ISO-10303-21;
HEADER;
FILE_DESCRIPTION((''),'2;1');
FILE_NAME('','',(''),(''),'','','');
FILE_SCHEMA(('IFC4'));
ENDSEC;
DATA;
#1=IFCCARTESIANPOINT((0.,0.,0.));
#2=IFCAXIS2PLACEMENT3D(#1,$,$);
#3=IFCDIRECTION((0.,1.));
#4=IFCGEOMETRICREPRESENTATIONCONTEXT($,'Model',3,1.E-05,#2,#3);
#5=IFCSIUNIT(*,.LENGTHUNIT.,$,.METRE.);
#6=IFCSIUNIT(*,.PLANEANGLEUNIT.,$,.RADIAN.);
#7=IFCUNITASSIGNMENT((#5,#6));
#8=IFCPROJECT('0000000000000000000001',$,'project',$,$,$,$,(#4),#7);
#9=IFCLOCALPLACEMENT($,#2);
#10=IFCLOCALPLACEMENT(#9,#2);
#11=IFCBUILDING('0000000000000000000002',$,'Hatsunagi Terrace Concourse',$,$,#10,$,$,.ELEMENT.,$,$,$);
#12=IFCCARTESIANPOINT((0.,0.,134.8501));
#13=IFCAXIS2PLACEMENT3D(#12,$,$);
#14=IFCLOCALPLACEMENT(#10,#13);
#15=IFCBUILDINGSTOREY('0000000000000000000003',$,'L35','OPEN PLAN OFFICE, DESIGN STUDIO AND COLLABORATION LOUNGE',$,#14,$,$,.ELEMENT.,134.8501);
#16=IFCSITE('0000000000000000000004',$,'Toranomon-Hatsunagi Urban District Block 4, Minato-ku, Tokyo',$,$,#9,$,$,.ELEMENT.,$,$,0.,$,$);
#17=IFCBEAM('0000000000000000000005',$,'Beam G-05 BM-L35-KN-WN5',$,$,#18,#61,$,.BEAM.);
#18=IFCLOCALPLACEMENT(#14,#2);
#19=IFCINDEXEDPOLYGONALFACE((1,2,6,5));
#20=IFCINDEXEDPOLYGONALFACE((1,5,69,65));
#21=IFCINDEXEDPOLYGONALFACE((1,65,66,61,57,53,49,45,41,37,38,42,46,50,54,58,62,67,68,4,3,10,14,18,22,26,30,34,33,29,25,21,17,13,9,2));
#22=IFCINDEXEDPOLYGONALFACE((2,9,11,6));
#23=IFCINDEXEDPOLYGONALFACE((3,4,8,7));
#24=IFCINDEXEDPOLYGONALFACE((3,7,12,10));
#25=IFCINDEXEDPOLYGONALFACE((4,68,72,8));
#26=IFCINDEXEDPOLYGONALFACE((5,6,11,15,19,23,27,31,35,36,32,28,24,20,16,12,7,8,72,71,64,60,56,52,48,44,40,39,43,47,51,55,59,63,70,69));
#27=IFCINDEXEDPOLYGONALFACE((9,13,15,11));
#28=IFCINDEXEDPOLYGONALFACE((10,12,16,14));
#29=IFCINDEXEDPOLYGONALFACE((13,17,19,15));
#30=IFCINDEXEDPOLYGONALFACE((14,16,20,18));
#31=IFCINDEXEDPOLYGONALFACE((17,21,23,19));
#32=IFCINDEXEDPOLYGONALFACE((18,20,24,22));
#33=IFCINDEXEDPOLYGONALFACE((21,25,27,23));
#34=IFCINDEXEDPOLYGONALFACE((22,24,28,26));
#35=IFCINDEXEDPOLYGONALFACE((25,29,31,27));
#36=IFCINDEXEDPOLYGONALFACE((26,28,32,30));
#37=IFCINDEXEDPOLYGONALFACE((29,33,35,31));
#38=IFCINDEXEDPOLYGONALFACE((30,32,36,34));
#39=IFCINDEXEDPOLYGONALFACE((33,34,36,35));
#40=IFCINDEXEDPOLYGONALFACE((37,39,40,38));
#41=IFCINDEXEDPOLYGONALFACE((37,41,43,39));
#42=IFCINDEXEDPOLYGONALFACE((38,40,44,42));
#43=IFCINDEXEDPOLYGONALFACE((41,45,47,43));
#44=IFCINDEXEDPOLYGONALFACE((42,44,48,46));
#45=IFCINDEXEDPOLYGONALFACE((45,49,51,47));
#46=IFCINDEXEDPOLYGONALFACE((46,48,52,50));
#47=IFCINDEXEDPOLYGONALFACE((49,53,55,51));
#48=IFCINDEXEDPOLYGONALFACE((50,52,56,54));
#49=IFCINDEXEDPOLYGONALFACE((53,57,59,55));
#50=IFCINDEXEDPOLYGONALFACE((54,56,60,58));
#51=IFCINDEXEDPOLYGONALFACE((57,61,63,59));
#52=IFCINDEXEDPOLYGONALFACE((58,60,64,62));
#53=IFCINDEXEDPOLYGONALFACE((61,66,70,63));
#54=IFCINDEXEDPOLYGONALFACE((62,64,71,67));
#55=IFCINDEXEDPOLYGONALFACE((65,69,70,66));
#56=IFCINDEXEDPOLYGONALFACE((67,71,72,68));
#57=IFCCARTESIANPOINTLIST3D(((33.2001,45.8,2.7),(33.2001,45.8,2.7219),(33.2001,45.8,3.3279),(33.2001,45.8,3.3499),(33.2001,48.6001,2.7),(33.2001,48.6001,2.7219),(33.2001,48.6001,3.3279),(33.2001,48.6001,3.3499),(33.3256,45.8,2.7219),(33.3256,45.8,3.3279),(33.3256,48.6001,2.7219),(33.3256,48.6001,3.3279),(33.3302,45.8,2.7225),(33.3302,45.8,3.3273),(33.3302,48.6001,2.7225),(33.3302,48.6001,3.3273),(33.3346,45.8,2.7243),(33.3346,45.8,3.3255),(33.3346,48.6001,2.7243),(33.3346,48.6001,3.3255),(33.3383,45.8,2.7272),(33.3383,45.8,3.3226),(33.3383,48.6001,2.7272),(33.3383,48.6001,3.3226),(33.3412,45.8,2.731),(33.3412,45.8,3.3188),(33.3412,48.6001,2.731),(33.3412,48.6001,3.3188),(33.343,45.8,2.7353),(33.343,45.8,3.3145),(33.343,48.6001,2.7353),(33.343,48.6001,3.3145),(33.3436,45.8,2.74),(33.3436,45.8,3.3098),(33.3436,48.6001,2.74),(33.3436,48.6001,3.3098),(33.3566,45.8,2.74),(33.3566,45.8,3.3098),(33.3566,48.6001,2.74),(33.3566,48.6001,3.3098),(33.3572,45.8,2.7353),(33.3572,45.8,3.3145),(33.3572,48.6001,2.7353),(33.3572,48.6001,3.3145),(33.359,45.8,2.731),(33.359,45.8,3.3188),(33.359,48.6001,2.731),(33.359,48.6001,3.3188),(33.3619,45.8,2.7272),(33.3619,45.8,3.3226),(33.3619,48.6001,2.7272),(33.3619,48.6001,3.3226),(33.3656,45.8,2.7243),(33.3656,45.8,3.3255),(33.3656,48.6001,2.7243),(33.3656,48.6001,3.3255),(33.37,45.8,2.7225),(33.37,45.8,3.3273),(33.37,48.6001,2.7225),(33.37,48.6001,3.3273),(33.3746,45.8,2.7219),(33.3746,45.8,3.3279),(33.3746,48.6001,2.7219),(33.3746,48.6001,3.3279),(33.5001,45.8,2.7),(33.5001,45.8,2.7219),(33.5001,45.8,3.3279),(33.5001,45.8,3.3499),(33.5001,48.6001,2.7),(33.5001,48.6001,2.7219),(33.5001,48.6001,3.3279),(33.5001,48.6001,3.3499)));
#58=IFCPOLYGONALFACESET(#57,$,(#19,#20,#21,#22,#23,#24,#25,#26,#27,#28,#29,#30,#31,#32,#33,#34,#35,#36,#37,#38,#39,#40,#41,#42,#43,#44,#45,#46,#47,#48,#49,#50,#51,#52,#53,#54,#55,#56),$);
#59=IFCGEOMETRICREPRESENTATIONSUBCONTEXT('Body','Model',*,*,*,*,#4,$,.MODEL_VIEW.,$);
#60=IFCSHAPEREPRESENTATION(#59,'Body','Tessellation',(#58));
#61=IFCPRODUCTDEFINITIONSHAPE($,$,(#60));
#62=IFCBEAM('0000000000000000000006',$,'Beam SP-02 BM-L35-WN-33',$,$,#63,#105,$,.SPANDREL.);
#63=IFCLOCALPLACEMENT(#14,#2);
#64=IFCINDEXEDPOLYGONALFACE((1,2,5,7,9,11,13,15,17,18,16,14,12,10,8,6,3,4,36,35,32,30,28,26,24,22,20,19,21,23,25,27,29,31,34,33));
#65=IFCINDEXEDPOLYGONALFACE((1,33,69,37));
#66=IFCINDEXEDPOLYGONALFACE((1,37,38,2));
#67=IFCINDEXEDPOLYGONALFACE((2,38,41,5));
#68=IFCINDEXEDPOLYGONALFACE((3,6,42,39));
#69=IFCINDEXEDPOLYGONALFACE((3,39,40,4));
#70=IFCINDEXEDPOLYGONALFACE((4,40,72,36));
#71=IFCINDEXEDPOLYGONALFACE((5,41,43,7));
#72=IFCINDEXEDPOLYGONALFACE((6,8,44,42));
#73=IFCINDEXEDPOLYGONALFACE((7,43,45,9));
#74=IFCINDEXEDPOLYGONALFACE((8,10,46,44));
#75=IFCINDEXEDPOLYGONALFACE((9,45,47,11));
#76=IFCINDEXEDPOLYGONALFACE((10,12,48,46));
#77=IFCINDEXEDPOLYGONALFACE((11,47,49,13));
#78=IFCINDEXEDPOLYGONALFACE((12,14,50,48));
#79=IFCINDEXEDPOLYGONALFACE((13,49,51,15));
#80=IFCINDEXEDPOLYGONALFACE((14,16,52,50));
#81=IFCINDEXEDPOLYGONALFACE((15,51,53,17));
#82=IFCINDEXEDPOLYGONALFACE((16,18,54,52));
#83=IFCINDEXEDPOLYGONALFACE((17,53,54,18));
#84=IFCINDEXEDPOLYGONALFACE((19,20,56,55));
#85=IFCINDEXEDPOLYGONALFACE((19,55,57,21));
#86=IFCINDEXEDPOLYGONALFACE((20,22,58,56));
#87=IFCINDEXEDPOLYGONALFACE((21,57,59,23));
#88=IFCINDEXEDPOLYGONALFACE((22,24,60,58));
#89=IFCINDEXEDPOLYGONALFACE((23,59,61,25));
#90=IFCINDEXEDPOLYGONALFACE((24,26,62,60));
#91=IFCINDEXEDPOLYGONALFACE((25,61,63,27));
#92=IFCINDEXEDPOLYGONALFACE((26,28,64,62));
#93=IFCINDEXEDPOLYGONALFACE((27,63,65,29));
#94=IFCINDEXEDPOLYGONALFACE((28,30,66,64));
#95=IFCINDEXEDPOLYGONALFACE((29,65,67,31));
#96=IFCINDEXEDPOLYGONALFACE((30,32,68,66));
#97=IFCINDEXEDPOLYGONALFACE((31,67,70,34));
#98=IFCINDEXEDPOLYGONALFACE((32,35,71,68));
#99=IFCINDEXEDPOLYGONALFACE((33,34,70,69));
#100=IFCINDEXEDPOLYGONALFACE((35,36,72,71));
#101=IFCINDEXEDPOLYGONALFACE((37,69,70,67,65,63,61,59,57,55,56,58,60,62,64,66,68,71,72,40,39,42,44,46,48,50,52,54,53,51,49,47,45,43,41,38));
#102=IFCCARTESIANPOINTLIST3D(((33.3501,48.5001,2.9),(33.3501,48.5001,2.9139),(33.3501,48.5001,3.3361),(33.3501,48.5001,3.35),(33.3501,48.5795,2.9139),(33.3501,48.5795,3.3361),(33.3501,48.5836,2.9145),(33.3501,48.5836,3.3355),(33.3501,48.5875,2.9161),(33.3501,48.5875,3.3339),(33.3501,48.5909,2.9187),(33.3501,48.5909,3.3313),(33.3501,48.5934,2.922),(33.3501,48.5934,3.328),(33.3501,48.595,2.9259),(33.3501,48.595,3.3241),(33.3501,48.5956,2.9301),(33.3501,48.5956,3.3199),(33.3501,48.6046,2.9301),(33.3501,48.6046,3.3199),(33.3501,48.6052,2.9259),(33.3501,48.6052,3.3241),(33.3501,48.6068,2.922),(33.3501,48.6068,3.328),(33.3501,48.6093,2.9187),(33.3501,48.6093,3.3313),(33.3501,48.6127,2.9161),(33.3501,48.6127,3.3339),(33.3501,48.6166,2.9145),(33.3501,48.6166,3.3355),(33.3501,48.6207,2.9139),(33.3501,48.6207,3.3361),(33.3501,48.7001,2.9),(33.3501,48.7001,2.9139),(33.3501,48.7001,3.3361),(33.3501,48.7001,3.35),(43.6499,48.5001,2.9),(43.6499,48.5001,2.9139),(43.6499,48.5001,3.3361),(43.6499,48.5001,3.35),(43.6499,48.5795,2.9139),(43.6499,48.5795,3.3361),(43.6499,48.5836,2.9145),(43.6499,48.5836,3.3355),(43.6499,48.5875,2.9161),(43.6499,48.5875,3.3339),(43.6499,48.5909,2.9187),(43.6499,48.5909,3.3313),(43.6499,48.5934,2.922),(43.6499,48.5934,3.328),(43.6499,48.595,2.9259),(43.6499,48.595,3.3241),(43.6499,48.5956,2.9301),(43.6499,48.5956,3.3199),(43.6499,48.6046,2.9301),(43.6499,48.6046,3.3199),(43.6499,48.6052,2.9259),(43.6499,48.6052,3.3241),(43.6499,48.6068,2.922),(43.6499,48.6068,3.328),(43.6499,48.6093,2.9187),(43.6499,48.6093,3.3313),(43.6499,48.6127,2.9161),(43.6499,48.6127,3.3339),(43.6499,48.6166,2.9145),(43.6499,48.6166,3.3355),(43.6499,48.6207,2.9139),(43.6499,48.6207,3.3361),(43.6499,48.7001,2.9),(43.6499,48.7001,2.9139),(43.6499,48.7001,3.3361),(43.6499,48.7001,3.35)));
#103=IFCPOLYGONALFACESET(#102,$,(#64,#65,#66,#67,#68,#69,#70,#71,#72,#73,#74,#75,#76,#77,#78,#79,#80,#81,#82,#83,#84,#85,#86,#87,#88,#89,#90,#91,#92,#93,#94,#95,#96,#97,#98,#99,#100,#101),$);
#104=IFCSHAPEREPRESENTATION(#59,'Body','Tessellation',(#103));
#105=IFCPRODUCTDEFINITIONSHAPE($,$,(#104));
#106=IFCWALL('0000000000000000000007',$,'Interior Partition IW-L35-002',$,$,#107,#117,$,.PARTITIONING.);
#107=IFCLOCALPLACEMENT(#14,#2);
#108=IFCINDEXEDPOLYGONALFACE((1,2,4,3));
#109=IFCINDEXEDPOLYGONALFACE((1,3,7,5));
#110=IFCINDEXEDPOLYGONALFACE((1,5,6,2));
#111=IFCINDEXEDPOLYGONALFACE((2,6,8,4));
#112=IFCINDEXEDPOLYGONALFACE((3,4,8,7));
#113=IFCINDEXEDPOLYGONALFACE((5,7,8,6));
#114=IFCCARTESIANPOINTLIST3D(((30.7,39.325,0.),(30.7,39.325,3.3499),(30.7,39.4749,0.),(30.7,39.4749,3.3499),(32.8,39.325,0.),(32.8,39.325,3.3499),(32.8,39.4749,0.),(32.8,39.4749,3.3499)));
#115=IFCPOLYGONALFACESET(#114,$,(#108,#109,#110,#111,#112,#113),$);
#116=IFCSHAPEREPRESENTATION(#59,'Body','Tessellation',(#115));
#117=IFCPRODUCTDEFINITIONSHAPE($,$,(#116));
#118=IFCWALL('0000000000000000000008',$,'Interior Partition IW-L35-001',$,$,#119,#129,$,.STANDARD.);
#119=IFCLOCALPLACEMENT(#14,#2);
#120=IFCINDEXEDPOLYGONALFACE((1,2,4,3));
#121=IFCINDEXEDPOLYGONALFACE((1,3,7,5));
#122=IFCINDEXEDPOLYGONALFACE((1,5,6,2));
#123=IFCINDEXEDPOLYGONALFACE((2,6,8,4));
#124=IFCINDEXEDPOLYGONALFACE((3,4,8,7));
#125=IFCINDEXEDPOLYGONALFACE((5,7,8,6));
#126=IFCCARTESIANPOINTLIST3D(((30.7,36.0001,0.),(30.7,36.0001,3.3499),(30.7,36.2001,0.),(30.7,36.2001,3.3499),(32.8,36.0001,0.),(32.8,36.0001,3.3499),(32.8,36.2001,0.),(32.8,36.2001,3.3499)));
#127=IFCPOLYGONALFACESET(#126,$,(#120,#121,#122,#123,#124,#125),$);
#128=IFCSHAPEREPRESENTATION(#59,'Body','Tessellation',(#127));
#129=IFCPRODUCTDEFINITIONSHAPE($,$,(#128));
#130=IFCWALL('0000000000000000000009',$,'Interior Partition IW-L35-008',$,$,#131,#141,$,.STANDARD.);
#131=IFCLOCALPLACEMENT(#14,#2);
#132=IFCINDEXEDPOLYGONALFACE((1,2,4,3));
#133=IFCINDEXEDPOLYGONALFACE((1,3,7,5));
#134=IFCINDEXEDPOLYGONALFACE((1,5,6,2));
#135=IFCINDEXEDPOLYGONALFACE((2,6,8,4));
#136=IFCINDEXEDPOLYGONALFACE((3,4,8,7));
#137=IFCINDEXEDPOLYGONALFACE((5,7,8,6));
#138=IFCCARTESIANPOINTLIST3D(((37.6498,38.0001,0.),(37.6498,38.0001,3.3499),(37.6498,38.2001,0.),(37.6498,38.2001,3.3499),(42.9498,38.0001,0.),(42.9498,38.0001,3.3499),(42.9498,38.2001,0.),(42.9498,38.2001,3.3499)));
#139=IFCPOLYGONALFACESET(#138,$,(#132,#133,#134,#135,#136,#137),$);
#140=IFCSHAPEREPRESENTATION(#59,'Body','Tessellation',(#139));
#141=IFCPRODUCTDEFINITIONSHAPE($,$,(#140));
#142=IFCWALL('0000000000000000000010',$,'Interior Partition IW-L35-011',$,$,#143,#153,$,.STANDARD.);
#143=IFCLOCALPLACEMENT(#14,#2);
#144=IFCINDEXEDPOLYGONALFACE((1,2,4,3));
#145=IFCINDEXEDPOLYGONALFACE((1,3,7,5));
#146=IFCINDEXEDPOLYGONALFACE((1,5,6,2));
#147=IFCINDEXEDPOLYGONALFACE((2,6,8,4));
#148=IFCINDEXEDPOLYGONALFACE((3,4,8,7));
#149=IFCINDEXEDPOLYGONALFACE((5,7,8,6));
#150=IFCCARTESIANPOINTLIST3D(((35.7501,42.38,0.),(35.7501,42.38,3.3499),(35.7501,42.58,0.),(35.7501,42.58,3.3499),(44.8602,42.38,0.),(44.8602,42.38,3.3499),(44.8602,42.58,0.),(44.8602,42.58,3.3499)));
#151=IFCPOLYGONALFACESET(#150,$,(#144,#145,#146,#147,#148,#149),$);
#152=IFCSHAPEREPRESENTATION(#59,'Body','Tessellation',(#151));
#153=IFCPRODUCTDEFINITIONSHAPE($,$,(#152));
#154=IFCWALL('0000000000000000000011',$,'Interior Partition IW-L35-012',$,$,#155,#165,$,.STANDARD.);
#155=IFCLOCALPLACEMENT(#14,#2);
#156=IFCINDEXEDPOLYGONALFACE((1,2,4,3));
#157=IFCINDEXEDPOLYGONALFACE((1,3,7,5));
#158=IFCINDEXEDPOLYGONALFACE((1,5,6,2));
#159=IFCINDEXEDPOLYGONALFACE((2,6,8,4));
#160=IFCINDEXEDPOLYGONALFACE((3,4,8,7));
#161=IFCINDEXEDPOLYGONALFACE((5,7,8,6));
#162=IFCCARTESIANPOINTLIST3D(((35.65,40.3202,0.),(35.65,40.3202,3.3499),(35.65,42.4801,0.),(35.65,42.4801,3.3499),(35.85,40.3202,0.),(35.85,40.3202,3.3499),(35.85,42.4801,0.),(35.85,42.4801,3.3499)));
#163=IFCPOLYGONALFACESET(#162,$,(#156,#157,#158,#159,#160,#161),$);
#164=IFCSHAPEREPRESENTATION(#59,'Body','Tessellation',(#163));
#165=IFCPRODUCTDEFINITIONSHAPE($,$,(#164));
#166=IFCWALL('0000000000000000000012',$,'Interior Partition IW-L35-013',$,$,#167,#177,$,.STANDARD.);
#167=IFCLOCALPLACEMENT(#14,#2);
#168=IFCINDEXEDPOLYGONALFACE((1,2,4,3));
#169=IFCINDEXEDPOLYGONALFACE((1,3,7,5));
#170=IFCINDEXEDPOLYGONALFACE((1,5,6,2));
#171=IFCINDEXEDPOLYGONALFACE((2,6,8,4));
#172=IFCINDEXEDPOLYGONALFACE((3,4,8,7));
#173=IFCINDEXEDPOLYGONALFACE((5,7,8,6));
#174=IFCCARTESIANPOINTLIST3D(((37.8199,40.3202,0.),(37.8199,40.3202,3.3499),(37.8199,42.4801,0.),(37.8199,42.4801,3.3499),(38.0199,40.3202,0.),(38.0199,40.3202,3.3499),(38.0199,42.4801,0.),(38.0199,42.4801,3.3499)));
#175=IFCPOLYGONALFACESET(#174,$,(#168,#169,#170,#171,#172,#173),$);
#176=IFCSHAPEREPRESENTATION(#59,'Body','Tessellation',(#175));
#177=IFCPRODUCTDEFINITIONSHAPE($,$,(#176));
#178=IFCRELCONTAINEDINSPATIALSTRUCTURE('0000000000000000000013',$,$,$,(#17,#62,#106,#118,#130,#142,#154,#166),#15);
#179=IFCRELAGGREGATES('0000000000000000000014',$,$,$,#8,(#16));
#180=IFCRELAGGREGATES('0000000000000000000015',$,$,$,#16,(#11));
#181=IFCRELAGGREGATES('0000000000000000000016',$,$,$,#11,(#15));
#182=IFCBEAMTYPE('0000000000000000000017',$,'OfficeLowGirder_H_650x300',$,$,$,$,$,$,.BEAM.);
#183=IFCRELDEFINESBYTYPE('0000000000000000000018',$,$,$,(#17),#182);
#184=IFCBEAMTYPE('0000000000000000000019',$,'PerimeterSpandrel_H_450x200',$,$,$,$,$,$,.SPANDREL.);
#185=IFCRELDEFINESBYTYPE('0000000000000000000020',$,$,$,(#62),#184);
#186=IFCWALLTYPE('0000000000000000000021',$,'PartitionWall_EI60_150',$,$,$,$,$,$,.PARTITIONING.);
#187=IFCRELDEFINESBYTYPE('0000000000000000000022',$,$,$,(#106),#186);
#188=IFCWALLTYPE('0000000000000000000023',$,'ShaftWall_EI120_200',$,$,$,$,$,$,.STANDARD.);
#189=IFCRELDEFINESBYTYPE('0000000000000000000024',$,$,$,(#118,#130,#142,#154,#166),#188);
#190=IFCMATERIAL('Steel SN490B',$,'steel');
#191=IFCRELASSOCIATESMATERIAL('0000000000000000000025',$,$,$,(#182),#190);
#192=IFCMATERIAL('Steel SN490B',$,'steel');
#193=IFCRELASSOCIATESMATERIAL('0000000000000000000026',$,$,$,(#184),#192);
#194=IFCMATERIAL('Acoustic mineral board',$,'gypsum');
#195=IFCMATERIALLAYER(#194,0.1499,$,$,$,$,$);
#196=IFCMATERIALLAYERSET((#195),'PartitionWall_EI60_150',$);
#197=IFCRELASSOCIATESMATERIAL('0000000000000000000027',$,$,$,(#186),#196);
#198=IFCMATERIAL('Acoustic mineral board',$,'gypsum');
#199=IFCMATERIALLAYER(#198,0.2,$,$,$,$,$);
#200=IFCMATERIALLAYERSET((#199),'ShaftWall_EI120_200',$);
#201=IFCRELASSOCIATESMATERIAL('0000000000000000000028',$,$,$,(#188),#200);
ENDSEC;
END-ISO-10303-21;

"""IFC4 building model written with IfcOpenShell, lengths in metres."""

from ifc_helpers import new_model, si_unit, direction, frame, frame_2d, origin, origin_2d, place, context, subcontext, project, spatial, rectangle, i_section, extrude, material, layer, layer_set, material_profile, profile_set, type_object, element, save


model = new_model("IFC4")

# Units and contexts
model_context = context("Model", 3, precision=1e-05, world=origin(), true_north=direction((0.0, 1.0)))
body_context = subcontext(model_context, "Body", "Model", "MODEL_VIEW")
ifc_project = project(units=[si_unit("LENGTHUNIT", "METRE"), si_unit("PLANEANGLEUNIT", "RADIAN")], contexts=[model_context])

# Site, building, storey
site_placement = place(None, origin())
site = spatial("IfcSite", under=ifc_project, at=site_placement, Name="Toranomon-Hatsunagi Urban District Block 4, Minato-ku, Tokyo", CompositionType="ELEMENT", RefElevation=0.0)
building_placement = place(site_placement, origin())
building = spatial("IfcBuilding", under=site, at=building_placement, Name="Hatsunagi Terrace Concourse", CompositionType="ELEMENT")
storey_placement = place(building_placement, frame((0.0, 0.0, 134.8501)))
storey = spatial("IfcBuildingStorey", under=building, at=storey_placement, Name="L35", Description="OPEN PLAN OFFICE, DESIGN STUDIO AND COLLABORATION LOUNGE", CompositionType="ELEMENT", Elevation=134.8501)

# Beams
ifc_material_1 = material(Name="Steel SN490B", Category="steel")
ifc_material_profile_1 = material_profile(ifc_material_1, i_section(OverallWidth=0.3, OverallDepth=0.6499, WebThickness=0.0129, FlangeThickness=0.022, FilletRadius=0.0181, at=origin_2d()), Name="H-650x300x13x22")
ifc_profile_set_1 = profile_set([ifc_material_profile_1], Name="Steel SN490B")
beam_type_1 = type_object("IfcBeamType", Name="OfficeLowGirder_H_650x300", PredefinedType="BEAM", material=ifc_profile_set_1)
beam_1_placement = place(storey_placement, frame((33.3501, 45.8, 3.0249), z_axis=(0.0, 1.0, 0.0), x_axis=(-1.0, 0.0, 0.0)))
element("IfcBeam", 1, at=beam_1_placement, inside=storey, type_object=beam_type_1, Name="Beam G-05 BM-L35-KN-WN5", PredefinedType="BEAM", context=body_context, shape_type="SweptSolid", body=[
    extrude(i_section(OverallWidth=0.3, OverallDepth=0.6499, WebThickness=0.0129, FlangeThickness=0.022, FilletRadius=0.0181, at=origin_2d()), origin(), (0.0, 0.0, 1.0), 2.8),
])
ifc_material_2 = material(Name="Steel SN490B", Category="steel")
ifc_material_profile_2 = material_profile(ifc_material_2, i_section(OverallWidth=0.2, OverallDepth=0.45, WebThickness=0.009, FlangeThickness=0.0139, FilletRadius=0.0161, at=origin_2d()), Name="H-450x200x9x14")
ifc_profile_set_2 = profile_set([ifc_material_profile_2], Name="Steel SN490B")
beam_type_2 = type_object("IfcBeamType", Name="PerimeterSpandrel_H_450x200", PredefinedType="SPANDREL", material=ifc_profile_set_2)
beam_2_placement = place(storey_placement, frame((33.3501, 48.6001, 3.125), z_axis=(1.0, 0.0, 0.0), x_axis=(0.0, 1.0, 0.0)))
element("IfcBeam", 2, at=beam_2_placement, inside=storey, type_object=beam_type_2, Name="Beam SP-02 BM-L35-WN-33", PredefinedType="SPANDREL", context=body_context, shape_type="SweptSolid", body=[
    extrude(i_section(OverallWidth=0.2, OverallDepth=0.45, WebThickness=0.009, FlangeThickness=0.0139, FilletRadius=0.0161, at=origin_2d()), origin(), (0.0, 0.0, 1.0), 10.2998),
])

# Walls
ifc_material_3 = material(Name="Acoustic mineral board", Category="gypsum")
ifc_layer_1 = layer(ifc_material_3, 0.1499)
ifc_layer_set_1 = layer_set([ifc_layer_1], Name="PartitionWall_EI60_150")
wall_type_1 = type_object("IfcWallType", Name="PartitionWall_EI60_150", PredefinedType="PARTITIONING", material=ifc_layer_set_1)
wall_1_placement = place(storey_placement, frame((30.7, 39.3999, 0.0), z_axis=(0.0, 0.0, 1.0), x_axis=(1.0, 0.0, 0.0)))
element("IfcWall", 3, at=wall_1_placement, inside=storey, type_object=wall_type_1, Name="Interior Partition IW-L35-002", PredefinedType="PARTITIONING", context=body_context, shape_type="SweptSolid", body=[
    extrude(rectangle(XDim=2.1001, YDim=0.1499, at=frame_2d((1.05, 0.0))), origin(), (0.0, 0.0, 1.0), 3.3499),
])
ifc_material_4 = material(Name="Acoustic mineral board", Category="gypsum")
ifc_layer_2 = layer(ifc_material_4, 0.2)
ifc_layer_set_2 = layer_set([ifc_layer_2], Name="ShaftWall_EI120_200")
wall_type_2 = type_object("IfcWallType", Name="ShaftWall_EI120_200", PredefinedType="STANDARD", material=ifc_layer_set_2)
wall_2_placement = place(storey_placement, frame((30.7, 36.1001, 0.0), z_axis=(0.0, 0.0, 1.0), x_axis=(1.0, 0.0, 0.0)))
element("IfcWall", 4, at=wall_2_placement, inside=storey, type_object=wall_type_2, Name="Interior Partition IW-L35-001", PredefinedType="STANDARD", context=body_context, shape_type="SweptSolid", body=[
    extrude(rectangle(XDim=2.1001, YDim=0.2, at=frame_2d((1.05, 0.0))), origin(), (0.0, 0.0, 1.0), 3.3499),
])
wall_3_placement = place(storey_placement, frame((37.6499, 38.1001, 0.0), z_axis=(0.0, 0.0, 1.0), x_axis=(1.0, 0.0, 0.0)))
element("IfcWall", 5, at=wall_3_placement, inside=storey, type_object=wall_type_2, Name="Interior Partition IW-L35-008", PredefinedType="STANDARD", context=body_context, shape_type="SweptSolid", body=[
    extrude(rectangle(XDim=5.3, YDim=0.2, at=frame_2d((2.6499, 0.0))), origin(), (0.0, 0.0, 1.0), 3.3499),
])
wall_4_placement = place(storey_placement, frame((35.75, 42.48, 0.0), z_axis=(0.0, 0.0, 1.0), x_axis=(1.0, 0.0, 0.0)))
element("IfcWall", 6, at=wall_4_placement, inside=storey, type_object=wall_type_2, Name="Interior Partition IW-L35-011", PredefinedType="STANDARD", context=body_context, shape_type="SweptSolid", body=[
    extrude(rectangle(XDim=9.1101, YDim=0.2, at=frame_2d((4.5552, 0.0))), origin(), (0.0, 0.0, 1.0), 3.3499),
])
for number, where, z_axis, x_axis, name in (
    (7, (35.75, 40.3201, 0.0), (0.0, 0.0, 1.0), (0.0, 1.0, 0.0), "Interior Partition IW-L35-012"),
    (8, (37.9199, 40.3201, 0.0), (0.0, 0.0, 1.0), (0.0, 1.0, 0.0), "Interior Partition IW-L35-013"),
):
    element("IfcWall", number, at=place(storey_placement, frame(where, z_axis=z_axis, x_axis=x_axis)), inside=storey, type_object=wall_type_2, Name=name, PredefinedType="STANDARD", context=body_context, shape_type="SweptSolid", body=[
        extrude(rectangle(XDim=2.1599, YDim=0.2, at=frame_2d((1.0801, 0.0))), origin(), (0.0, 0.0, 1.0), 3.3499),
    ])

save(model, "model.ifc")
